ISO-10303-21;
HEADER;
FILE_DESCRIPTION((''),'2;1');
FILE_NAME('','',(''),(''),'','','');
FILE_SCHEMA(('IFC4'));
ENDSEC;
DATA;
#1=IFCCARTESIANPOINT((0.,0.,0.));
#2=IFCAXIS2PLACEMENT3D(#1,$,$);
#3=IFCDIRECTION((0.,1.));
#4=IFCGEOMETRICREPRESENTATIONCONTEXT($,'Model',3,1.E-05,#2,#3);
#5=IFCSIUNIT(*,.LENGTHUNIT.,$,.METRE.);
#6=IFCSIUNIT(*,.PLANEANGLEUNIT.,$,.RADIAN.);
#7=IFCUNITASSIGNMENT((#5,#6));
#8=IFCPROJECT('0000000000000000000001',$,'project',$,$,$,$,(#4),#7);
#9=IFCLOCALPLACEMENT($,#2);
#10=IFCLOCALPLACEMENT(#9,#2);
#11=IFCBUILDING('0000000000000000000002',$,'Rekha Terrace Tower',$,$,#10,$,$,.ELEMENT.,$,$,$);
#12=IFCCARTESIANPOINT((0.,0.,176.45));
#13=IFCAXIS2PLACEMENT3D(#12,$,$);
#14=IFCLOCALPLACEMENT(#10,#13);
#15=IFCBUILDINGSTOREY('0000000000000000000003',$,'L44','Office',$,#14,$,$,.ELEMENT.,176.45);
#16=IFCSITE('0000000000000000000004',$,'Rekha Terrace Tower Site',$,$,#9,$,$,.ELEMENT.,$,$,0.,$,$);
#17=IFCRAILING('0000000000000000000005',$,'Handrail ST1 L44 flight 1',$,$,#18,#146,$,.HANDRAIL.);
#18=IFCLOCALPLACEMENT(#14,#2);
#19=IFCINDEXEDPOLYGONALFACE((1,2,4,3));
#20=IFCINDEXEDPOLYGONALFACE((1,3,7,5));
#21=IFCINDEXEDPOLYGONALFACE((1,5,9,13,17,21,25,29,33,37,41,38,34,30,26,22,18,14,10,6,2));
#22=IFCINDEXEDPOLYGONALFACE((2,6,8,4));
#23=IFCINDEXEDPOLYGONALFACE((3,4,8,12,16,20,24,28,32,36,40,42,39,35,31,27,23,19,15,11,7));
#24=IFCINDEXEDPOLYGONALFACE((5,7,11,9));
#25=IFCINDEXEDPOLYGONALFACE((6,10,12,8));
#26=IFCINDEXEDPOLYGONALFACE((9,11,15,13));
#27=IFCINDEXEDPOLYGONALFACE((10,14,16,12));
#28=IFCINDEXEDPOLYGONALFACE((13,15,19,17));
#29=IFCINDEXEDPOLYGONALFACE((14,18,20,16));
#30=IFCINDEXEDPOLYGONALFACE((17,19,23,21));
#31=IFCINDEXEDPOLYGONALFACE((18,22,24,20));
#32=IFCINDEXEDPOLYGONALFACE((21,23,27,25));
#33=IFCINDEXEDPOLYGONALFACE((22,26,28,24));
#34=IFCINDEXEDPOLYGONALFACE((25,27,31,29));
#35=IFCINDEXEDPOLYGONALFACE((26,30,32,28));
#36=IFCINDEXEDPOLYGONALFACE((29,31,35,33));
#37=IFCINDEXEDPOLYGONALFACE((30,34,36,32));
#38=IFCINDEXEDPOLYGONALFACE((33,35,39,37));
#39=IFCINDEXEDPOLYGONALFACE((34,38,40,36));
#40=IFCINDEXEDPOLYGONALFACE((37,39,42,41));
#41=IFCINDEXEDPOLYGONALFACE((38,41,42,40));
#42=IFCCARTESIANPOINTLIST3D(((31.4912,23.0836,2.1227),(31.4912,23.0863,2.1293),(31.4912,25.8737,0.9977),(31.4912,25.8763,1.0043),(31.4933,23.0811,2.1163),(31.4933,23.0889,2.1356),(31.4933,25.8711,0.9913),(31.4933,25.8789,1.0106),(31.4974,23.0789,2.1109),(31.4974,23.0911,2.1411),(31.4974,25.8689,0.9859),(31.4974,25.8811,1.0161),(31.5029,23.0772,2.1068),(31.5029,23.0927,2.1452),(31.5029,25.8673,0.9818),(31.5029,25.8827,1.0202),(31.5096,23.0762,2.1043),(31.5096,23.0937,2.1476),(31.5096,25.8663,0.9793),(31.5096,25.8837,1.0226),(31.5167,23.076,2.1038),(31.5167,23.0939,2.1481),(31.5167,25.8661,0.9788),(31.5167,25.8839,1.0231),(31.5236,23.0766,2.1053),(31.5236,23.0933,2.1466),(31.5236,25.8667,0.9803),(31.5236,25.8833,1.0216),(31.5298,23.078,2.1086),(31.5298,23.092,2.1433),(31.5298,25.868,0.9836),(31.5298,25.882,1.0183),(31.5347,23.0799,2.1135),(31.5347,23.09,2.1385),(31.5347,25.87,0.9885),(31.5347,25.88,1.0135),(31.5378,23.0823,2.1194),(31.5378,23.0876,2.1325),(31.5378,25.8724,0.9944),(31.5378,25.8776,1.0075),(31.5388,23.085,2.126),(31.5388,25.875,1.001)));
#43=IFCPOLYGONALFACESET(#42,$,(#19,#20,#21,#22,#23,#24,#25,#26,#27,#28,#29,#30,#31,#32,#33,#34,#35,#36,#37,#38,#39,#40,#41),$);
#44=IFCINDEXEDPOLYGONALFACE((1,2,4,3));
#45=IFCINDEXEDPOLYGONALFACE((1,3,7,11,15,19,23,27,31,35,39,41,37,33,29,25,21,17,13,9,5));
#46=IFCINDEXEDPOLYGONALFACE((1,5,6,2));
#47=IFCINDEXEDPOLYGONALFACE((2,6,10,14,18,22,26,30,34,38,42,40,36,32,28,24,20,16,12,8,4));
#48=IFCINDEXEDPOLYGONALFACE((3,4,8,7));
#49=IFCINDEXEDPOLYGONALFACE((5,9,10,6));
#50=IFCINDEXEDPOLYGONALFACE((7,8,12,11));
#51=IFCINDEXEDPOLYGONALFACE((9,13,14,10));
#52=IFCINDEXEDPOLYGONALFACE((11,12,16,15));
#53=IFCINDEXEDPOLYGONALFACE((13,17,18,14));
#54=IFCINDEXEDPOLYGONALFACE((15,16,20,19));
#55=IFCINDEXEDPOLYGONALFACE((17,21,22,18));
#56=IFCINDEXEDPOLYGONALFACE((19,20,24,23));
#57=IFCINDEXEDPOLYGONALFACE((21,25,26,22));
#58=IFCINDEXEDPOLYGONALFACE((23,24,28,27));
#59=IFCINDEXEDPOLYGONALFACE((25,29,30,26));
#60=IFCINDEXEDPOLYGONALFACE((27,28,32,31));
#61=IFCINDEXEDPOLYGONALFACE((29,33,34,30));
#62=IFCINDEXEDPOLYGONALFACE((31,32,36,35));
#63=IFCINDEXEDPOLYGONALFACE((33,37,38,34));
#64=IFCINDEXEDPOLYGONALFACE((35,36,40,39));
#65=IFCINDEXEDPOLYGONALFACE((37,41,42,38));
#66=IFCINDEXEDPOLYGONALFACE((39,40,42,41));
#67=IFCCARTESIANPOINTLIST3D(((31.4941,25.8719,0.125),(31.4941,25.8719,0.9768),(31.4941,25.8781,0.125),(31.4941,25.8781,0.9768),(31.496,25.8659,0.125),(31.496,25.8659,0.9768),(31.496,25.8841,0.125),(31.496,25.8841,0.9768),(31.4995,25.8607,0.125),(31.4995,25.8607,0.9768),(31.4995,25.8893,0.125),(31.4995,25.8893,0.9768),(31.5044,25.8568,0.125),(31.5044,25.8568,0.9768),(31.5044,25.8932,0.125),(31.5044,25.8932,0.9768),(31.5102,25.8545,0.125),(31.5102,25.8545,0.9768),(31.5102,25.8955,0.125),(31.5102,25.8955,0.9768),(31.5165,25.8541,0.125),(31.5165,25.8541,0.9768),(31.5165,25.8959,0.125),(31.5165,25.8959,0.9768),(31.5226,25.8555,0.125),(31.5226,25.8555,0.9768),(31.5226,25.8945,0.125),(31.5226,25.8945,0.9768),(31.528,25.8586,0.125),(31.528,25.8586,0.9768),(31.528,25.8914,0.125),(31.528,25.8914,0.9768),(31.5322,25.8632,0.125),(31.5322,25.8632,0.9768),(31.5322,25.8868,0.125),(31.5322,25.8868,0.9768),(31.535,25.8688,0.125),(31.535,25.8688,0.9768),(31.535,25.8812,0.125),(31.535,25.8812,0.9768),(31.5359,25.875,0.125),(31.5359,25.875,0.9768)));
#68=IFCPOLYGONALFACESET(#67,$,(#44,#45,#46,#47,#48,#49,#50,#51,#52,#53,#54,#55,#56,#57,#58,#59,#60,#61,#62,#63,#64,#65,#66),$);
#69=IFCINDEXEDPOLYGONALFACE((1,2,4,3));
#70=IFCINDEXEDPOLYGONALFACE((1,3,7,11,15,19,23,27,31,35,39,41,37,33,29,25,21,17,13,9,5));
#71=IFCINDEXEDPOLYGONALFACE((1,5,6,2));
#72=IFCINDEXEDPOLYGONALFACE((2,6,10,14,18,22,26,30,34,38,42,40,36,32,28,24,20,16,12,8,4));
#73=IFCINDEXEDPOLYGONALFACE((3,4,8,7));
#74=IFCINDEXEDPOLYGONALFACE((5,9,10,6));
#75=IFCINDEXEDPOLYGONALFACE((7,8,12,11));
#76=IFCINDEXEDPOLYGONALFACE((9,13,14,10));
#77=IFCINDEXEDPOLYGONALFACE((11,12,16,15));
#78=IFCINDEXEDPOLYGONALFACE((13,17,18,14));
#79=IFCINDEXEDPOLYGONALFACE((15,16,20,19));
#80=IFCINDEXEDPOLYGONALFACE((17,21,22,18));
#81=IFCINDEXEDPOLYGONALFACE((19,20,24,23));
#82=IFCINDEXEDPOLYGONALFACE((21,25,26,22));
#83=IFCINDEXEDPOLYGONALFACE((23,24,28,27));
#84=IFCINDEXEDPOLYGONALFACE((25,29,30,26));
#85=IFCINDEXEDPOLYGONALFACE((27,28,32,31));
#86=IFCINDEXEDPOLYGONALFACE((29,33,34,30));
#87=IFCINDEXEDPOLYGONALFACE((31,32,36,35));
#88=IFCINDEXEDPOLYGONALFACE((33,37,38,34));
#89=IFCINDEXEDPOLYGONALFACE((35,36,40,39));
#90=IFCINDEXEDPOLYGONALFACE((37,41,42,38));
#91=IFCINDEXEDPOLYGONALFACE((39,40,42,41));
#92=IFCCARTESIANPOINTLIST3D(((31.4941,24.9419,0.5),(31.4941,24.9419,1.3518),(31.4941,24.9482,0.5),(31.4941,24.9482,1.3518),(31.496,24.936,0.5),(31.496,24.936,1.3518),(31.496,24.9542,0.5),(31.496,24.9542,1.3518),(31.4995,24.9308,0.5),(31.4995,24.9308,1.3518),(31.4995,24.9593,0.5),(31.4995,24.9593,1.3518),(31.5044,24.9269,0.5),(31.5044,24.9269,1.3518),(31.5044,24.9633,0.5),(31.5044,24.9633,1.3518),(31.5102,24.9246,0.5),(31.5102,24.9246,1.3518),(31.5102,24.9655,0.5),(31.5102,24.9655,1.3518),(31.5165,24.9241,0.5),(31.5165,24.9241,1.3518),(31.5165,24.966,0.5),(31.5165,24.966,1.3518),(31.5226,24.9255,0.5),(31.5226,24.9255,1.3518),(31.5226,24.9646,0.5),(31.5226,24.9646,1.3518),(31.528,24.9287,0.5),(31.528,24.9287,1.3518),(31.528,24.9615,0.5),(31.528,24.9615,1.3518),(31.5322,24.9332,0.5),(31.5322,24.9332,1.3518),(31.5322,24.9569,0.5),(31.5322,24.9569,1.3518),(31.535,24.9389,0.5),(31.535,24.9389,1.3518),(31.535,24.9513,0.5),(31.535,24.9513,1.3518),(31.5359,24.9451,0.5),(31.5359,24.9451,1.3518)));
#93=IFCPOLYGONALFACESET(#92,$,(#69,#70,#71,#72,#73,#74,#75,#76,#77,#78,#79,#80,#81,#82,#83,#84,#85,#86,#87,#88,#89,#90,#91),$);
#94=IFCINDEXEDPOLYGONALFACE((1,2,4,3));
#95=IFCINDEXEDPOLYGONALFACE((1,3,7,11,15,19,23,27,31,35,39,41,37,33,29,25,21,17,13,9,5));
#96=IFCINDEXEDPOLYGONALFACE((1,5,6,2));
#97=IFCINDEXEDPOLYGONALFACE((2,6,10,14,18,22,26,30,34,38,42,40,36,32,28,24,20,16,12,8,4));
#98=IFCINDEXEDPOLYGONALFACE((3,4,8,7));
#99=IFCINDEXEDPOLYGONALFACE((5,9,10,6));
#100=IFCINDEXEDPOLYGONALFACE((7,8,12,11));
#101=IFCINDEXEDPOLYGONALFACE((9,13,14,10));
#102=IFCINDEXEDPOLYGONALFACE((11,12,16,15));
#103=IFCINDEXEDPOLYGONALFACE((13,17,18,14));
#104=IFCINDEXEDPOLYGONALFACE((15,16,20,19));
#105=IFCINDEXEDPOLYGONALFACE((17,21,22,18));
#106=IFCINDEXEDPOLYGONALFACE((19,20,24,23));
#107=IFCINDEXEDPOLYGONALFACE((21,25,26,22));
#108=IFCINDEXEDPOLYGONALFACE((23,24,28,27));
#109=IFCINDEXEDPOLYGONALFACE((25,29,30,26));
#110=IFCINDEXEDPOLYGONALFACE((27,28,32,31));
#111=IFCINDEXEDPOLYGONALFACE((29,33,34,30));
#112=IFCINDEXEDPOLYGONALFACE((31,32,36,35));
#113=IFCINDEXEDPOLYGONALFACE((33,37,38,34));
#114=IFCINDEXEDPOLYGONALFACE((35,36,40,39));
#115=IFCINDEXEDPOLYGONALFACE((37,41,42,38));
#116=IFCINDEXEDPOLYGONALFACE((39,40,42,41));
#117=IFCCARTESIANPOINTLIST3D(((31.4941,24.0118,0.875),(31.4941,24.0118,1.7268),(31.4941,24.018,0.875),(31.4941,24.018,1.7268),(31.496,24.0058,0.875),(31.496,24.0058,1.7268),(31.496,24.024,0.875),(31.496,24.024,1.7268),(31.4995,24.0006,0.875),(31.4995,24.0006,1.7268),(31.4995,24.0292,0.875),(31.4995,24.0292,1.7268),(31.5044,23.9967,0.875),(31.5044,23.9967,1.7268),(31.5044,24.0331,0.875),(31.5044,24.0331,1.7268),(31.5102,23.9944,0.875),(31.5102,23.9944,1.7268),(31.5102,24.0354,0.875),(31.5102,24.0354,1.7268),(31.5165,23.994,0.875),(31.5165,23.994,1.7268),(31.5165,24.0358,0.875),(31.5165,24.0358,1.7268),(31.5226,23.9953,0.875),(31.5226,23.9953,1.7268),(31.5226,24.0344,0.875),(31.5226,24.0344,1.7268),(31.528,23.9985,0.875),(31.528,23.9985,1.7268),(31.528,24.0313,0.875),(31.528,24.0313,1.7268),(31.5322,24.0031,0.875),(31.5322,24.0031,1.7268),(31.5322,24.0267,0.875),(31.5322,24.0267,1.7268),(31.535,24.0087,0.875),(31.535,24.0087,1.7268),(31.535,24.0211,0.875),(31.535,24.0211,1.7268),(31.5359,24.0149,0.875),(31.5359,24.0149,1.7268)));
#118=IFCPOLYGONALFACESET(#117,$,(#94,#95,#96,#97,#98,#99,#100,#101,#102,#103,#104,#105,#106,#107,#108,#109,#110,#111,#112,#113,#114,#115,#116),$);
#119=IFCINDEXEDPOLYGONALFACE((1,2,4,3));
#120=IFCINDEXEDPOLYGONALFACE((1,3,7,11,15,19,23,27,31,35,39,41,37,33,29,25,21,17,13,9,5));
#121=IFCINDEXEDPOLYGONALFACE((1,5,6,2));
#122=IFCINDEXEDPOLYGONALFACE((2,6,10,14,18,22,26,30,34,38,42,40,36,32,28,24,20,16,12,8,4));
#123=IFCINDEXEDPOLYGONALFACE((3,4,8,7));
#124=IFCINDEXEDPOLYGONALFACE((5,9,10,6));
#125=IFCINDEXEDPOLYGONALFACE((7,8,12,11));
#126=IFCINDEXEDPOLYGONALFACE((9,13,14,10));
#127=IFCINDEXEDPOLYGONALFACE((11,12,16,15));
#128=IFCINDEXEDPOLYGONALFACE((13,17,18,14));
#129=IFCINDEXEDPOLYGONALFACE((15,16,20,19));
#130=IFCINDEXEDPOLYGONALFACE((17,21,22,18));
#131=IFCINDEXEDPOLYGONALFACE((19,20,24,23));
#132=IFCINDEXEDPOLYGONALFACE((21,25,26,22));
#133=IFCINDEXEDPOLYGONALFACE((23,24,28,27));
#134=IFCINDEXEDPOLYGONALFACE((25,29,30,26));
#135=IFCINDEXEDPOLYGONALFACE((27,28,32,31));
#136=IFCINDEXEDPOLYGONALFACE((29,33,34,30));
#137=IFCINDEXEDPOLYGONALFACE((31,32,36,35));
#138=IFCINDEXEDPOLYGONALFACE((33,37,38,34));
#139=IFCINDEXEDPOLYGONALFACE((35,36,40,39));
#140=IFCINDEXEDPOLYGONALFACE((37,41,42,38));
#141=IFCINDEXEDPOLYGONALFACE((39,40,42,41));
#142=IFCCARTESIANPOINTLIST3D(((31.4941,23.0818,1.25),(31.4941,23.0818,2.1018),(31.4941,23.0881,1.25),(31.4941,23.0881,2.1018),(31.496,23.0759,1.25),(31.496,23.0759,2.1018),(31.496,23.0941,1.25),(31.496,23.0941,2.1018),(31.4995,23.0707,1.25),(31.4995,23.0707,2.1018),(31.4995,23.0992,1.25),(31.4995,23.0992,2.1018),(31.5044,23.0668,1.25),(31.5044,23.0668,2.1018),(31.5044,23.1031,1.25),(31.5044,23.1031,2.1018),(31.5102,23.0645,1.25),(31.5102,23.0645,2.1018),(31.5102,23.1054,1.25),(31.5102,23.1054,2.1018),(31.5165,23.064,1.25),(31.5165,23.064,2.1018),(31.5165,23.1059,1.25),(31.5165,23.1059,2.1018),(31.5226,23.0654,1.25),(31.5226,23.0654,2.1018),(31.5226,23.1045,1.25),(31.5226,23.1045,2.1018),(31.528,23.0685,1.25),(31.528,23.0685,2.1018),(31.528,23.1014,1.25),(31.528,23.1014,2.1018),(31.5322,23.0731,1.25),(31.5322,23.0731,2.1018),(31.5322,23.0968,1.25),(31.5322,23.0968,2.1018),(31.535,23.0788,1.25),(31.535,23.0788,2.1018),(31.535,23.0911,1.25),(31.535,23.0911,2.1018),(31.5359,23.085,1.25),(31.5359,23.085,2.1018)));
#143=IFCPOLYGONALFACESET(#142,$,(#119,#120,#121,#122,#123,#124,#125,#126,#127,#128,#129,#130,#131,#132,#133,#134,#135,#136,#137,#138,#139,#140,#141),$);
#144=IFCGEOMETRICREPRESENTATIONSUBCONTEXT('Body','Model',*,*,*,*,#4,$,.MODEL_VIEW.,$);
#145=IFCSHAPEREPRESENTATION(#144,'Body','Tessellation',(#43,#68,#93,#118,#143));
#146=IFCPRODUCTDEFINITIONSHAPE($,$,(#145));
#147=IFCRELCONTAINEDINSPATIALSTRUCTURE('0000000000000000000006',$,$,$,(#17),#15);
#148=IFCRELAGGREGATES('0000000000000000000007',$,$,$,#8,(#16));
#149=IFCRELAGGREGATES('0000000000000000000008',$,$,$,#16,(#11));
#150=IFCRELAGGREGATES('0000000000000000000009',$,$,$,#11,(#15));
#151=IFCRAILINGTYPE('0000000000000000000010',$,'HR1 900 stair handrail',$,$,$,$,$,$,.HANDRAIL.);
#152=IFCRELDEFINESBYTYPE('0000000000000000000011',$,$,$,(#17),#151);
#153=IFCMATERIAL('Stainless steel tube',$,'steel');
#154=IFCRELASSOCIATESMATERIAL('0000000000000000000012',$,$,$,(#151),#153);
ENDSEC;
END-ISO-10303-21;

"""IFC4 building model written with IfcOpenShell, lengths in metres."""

from ifc_helpers import new_model, si_unit, direction, frame, origin, origin_2d, place, context, subcontext, project, spatial, circle, extrude, material, type_object, element, save


model = new_model("IFC4")

# Units and contexts
model_context = context("Model", 3, precision=1e-05, world=origin(), true_north=direction((0.0, 1.0)))
body_context = subcontext(model_context, "Body", "Model", "MODEL_VIEW")
ifc_project = project(units=[si_unit("LENGTHUNIT", "METRE"), si_unit("PLANEANGLEUNIT", "RADIAN")], contexts=[model_context])

# Site, building, storey
site_placement = place(None, origin())
site = spatial("IfcSite", under=ifc_project, at=site_placement, Name="Rekha Terrace Tower Site", CompositionType="ELEMENT", RefElevation=0.0)
building_placement = place(site_placement, origin())
building = spatial("IfcBuilding", under=site, at=building_placement, Name="Rekha Terrace Tower", CompositionType="ELEMENT")
storey_placement = place(building_placement, frame((0.0, 0.0, 176.45)))
storey = spatial("IfcBuildingStorey", under=building, at=storey_placement, Name="L44", Description="Office", CompositionType="ELEMENT", Elevation=176.45)

# Railing
ifc_material_1 = material(Name="Stainless steel tube", Category="steel")
railing_type_1 = type_object("IfcRailingType", Name="HR1 900 stair handrail", PredefinedType="HANDRAIL", material=ifc_material_1)
railing_1_placement = place(storey_placement, frame((31.5149, 25.875, 0.125)))
element("IfcRailing", 1, at=railing_1_placement, inside=storey, type_object=railing_type_1, Name="Handrail ST1 L44 flight 1", PredefinedType="HANDRAIL", context=body_context, shape_type="SweptSolid", body=[
    extrude(circle(Radius=0.0239, at=origin_2d()), frame((0.0, 0.0, 0.876), z_axis=(0.0, -0.927443, 0.373964), x_axis=(1.0, 0.0, 0.0)), (0.0, 0.0, 1.0), 3.0083),
    extrude(circle(Radius=0.021, at=origin_2d()), origin(), (0.0, 0.0, 1.0), 0.8518),
    extrude(circle(Radius=0.021, at=origin_2d()), frame((0.0, -0.9299, 0.375)), (0.0, 0.0, 1.0), 0.8518),
    extrude(circle(Radius=0.021, at=origin_2d()), frame((0.0, -1.8601, 0.75)), (0.0, 0.0, 1.0), 0.8518),
    extrude(circle(Radius=0.021, at=origin_2d()), frame((0.0, -2.79, 1.125)), (0.0, 0.0, 1.0), 0.8518),
])

save(model, "model.ifc")
